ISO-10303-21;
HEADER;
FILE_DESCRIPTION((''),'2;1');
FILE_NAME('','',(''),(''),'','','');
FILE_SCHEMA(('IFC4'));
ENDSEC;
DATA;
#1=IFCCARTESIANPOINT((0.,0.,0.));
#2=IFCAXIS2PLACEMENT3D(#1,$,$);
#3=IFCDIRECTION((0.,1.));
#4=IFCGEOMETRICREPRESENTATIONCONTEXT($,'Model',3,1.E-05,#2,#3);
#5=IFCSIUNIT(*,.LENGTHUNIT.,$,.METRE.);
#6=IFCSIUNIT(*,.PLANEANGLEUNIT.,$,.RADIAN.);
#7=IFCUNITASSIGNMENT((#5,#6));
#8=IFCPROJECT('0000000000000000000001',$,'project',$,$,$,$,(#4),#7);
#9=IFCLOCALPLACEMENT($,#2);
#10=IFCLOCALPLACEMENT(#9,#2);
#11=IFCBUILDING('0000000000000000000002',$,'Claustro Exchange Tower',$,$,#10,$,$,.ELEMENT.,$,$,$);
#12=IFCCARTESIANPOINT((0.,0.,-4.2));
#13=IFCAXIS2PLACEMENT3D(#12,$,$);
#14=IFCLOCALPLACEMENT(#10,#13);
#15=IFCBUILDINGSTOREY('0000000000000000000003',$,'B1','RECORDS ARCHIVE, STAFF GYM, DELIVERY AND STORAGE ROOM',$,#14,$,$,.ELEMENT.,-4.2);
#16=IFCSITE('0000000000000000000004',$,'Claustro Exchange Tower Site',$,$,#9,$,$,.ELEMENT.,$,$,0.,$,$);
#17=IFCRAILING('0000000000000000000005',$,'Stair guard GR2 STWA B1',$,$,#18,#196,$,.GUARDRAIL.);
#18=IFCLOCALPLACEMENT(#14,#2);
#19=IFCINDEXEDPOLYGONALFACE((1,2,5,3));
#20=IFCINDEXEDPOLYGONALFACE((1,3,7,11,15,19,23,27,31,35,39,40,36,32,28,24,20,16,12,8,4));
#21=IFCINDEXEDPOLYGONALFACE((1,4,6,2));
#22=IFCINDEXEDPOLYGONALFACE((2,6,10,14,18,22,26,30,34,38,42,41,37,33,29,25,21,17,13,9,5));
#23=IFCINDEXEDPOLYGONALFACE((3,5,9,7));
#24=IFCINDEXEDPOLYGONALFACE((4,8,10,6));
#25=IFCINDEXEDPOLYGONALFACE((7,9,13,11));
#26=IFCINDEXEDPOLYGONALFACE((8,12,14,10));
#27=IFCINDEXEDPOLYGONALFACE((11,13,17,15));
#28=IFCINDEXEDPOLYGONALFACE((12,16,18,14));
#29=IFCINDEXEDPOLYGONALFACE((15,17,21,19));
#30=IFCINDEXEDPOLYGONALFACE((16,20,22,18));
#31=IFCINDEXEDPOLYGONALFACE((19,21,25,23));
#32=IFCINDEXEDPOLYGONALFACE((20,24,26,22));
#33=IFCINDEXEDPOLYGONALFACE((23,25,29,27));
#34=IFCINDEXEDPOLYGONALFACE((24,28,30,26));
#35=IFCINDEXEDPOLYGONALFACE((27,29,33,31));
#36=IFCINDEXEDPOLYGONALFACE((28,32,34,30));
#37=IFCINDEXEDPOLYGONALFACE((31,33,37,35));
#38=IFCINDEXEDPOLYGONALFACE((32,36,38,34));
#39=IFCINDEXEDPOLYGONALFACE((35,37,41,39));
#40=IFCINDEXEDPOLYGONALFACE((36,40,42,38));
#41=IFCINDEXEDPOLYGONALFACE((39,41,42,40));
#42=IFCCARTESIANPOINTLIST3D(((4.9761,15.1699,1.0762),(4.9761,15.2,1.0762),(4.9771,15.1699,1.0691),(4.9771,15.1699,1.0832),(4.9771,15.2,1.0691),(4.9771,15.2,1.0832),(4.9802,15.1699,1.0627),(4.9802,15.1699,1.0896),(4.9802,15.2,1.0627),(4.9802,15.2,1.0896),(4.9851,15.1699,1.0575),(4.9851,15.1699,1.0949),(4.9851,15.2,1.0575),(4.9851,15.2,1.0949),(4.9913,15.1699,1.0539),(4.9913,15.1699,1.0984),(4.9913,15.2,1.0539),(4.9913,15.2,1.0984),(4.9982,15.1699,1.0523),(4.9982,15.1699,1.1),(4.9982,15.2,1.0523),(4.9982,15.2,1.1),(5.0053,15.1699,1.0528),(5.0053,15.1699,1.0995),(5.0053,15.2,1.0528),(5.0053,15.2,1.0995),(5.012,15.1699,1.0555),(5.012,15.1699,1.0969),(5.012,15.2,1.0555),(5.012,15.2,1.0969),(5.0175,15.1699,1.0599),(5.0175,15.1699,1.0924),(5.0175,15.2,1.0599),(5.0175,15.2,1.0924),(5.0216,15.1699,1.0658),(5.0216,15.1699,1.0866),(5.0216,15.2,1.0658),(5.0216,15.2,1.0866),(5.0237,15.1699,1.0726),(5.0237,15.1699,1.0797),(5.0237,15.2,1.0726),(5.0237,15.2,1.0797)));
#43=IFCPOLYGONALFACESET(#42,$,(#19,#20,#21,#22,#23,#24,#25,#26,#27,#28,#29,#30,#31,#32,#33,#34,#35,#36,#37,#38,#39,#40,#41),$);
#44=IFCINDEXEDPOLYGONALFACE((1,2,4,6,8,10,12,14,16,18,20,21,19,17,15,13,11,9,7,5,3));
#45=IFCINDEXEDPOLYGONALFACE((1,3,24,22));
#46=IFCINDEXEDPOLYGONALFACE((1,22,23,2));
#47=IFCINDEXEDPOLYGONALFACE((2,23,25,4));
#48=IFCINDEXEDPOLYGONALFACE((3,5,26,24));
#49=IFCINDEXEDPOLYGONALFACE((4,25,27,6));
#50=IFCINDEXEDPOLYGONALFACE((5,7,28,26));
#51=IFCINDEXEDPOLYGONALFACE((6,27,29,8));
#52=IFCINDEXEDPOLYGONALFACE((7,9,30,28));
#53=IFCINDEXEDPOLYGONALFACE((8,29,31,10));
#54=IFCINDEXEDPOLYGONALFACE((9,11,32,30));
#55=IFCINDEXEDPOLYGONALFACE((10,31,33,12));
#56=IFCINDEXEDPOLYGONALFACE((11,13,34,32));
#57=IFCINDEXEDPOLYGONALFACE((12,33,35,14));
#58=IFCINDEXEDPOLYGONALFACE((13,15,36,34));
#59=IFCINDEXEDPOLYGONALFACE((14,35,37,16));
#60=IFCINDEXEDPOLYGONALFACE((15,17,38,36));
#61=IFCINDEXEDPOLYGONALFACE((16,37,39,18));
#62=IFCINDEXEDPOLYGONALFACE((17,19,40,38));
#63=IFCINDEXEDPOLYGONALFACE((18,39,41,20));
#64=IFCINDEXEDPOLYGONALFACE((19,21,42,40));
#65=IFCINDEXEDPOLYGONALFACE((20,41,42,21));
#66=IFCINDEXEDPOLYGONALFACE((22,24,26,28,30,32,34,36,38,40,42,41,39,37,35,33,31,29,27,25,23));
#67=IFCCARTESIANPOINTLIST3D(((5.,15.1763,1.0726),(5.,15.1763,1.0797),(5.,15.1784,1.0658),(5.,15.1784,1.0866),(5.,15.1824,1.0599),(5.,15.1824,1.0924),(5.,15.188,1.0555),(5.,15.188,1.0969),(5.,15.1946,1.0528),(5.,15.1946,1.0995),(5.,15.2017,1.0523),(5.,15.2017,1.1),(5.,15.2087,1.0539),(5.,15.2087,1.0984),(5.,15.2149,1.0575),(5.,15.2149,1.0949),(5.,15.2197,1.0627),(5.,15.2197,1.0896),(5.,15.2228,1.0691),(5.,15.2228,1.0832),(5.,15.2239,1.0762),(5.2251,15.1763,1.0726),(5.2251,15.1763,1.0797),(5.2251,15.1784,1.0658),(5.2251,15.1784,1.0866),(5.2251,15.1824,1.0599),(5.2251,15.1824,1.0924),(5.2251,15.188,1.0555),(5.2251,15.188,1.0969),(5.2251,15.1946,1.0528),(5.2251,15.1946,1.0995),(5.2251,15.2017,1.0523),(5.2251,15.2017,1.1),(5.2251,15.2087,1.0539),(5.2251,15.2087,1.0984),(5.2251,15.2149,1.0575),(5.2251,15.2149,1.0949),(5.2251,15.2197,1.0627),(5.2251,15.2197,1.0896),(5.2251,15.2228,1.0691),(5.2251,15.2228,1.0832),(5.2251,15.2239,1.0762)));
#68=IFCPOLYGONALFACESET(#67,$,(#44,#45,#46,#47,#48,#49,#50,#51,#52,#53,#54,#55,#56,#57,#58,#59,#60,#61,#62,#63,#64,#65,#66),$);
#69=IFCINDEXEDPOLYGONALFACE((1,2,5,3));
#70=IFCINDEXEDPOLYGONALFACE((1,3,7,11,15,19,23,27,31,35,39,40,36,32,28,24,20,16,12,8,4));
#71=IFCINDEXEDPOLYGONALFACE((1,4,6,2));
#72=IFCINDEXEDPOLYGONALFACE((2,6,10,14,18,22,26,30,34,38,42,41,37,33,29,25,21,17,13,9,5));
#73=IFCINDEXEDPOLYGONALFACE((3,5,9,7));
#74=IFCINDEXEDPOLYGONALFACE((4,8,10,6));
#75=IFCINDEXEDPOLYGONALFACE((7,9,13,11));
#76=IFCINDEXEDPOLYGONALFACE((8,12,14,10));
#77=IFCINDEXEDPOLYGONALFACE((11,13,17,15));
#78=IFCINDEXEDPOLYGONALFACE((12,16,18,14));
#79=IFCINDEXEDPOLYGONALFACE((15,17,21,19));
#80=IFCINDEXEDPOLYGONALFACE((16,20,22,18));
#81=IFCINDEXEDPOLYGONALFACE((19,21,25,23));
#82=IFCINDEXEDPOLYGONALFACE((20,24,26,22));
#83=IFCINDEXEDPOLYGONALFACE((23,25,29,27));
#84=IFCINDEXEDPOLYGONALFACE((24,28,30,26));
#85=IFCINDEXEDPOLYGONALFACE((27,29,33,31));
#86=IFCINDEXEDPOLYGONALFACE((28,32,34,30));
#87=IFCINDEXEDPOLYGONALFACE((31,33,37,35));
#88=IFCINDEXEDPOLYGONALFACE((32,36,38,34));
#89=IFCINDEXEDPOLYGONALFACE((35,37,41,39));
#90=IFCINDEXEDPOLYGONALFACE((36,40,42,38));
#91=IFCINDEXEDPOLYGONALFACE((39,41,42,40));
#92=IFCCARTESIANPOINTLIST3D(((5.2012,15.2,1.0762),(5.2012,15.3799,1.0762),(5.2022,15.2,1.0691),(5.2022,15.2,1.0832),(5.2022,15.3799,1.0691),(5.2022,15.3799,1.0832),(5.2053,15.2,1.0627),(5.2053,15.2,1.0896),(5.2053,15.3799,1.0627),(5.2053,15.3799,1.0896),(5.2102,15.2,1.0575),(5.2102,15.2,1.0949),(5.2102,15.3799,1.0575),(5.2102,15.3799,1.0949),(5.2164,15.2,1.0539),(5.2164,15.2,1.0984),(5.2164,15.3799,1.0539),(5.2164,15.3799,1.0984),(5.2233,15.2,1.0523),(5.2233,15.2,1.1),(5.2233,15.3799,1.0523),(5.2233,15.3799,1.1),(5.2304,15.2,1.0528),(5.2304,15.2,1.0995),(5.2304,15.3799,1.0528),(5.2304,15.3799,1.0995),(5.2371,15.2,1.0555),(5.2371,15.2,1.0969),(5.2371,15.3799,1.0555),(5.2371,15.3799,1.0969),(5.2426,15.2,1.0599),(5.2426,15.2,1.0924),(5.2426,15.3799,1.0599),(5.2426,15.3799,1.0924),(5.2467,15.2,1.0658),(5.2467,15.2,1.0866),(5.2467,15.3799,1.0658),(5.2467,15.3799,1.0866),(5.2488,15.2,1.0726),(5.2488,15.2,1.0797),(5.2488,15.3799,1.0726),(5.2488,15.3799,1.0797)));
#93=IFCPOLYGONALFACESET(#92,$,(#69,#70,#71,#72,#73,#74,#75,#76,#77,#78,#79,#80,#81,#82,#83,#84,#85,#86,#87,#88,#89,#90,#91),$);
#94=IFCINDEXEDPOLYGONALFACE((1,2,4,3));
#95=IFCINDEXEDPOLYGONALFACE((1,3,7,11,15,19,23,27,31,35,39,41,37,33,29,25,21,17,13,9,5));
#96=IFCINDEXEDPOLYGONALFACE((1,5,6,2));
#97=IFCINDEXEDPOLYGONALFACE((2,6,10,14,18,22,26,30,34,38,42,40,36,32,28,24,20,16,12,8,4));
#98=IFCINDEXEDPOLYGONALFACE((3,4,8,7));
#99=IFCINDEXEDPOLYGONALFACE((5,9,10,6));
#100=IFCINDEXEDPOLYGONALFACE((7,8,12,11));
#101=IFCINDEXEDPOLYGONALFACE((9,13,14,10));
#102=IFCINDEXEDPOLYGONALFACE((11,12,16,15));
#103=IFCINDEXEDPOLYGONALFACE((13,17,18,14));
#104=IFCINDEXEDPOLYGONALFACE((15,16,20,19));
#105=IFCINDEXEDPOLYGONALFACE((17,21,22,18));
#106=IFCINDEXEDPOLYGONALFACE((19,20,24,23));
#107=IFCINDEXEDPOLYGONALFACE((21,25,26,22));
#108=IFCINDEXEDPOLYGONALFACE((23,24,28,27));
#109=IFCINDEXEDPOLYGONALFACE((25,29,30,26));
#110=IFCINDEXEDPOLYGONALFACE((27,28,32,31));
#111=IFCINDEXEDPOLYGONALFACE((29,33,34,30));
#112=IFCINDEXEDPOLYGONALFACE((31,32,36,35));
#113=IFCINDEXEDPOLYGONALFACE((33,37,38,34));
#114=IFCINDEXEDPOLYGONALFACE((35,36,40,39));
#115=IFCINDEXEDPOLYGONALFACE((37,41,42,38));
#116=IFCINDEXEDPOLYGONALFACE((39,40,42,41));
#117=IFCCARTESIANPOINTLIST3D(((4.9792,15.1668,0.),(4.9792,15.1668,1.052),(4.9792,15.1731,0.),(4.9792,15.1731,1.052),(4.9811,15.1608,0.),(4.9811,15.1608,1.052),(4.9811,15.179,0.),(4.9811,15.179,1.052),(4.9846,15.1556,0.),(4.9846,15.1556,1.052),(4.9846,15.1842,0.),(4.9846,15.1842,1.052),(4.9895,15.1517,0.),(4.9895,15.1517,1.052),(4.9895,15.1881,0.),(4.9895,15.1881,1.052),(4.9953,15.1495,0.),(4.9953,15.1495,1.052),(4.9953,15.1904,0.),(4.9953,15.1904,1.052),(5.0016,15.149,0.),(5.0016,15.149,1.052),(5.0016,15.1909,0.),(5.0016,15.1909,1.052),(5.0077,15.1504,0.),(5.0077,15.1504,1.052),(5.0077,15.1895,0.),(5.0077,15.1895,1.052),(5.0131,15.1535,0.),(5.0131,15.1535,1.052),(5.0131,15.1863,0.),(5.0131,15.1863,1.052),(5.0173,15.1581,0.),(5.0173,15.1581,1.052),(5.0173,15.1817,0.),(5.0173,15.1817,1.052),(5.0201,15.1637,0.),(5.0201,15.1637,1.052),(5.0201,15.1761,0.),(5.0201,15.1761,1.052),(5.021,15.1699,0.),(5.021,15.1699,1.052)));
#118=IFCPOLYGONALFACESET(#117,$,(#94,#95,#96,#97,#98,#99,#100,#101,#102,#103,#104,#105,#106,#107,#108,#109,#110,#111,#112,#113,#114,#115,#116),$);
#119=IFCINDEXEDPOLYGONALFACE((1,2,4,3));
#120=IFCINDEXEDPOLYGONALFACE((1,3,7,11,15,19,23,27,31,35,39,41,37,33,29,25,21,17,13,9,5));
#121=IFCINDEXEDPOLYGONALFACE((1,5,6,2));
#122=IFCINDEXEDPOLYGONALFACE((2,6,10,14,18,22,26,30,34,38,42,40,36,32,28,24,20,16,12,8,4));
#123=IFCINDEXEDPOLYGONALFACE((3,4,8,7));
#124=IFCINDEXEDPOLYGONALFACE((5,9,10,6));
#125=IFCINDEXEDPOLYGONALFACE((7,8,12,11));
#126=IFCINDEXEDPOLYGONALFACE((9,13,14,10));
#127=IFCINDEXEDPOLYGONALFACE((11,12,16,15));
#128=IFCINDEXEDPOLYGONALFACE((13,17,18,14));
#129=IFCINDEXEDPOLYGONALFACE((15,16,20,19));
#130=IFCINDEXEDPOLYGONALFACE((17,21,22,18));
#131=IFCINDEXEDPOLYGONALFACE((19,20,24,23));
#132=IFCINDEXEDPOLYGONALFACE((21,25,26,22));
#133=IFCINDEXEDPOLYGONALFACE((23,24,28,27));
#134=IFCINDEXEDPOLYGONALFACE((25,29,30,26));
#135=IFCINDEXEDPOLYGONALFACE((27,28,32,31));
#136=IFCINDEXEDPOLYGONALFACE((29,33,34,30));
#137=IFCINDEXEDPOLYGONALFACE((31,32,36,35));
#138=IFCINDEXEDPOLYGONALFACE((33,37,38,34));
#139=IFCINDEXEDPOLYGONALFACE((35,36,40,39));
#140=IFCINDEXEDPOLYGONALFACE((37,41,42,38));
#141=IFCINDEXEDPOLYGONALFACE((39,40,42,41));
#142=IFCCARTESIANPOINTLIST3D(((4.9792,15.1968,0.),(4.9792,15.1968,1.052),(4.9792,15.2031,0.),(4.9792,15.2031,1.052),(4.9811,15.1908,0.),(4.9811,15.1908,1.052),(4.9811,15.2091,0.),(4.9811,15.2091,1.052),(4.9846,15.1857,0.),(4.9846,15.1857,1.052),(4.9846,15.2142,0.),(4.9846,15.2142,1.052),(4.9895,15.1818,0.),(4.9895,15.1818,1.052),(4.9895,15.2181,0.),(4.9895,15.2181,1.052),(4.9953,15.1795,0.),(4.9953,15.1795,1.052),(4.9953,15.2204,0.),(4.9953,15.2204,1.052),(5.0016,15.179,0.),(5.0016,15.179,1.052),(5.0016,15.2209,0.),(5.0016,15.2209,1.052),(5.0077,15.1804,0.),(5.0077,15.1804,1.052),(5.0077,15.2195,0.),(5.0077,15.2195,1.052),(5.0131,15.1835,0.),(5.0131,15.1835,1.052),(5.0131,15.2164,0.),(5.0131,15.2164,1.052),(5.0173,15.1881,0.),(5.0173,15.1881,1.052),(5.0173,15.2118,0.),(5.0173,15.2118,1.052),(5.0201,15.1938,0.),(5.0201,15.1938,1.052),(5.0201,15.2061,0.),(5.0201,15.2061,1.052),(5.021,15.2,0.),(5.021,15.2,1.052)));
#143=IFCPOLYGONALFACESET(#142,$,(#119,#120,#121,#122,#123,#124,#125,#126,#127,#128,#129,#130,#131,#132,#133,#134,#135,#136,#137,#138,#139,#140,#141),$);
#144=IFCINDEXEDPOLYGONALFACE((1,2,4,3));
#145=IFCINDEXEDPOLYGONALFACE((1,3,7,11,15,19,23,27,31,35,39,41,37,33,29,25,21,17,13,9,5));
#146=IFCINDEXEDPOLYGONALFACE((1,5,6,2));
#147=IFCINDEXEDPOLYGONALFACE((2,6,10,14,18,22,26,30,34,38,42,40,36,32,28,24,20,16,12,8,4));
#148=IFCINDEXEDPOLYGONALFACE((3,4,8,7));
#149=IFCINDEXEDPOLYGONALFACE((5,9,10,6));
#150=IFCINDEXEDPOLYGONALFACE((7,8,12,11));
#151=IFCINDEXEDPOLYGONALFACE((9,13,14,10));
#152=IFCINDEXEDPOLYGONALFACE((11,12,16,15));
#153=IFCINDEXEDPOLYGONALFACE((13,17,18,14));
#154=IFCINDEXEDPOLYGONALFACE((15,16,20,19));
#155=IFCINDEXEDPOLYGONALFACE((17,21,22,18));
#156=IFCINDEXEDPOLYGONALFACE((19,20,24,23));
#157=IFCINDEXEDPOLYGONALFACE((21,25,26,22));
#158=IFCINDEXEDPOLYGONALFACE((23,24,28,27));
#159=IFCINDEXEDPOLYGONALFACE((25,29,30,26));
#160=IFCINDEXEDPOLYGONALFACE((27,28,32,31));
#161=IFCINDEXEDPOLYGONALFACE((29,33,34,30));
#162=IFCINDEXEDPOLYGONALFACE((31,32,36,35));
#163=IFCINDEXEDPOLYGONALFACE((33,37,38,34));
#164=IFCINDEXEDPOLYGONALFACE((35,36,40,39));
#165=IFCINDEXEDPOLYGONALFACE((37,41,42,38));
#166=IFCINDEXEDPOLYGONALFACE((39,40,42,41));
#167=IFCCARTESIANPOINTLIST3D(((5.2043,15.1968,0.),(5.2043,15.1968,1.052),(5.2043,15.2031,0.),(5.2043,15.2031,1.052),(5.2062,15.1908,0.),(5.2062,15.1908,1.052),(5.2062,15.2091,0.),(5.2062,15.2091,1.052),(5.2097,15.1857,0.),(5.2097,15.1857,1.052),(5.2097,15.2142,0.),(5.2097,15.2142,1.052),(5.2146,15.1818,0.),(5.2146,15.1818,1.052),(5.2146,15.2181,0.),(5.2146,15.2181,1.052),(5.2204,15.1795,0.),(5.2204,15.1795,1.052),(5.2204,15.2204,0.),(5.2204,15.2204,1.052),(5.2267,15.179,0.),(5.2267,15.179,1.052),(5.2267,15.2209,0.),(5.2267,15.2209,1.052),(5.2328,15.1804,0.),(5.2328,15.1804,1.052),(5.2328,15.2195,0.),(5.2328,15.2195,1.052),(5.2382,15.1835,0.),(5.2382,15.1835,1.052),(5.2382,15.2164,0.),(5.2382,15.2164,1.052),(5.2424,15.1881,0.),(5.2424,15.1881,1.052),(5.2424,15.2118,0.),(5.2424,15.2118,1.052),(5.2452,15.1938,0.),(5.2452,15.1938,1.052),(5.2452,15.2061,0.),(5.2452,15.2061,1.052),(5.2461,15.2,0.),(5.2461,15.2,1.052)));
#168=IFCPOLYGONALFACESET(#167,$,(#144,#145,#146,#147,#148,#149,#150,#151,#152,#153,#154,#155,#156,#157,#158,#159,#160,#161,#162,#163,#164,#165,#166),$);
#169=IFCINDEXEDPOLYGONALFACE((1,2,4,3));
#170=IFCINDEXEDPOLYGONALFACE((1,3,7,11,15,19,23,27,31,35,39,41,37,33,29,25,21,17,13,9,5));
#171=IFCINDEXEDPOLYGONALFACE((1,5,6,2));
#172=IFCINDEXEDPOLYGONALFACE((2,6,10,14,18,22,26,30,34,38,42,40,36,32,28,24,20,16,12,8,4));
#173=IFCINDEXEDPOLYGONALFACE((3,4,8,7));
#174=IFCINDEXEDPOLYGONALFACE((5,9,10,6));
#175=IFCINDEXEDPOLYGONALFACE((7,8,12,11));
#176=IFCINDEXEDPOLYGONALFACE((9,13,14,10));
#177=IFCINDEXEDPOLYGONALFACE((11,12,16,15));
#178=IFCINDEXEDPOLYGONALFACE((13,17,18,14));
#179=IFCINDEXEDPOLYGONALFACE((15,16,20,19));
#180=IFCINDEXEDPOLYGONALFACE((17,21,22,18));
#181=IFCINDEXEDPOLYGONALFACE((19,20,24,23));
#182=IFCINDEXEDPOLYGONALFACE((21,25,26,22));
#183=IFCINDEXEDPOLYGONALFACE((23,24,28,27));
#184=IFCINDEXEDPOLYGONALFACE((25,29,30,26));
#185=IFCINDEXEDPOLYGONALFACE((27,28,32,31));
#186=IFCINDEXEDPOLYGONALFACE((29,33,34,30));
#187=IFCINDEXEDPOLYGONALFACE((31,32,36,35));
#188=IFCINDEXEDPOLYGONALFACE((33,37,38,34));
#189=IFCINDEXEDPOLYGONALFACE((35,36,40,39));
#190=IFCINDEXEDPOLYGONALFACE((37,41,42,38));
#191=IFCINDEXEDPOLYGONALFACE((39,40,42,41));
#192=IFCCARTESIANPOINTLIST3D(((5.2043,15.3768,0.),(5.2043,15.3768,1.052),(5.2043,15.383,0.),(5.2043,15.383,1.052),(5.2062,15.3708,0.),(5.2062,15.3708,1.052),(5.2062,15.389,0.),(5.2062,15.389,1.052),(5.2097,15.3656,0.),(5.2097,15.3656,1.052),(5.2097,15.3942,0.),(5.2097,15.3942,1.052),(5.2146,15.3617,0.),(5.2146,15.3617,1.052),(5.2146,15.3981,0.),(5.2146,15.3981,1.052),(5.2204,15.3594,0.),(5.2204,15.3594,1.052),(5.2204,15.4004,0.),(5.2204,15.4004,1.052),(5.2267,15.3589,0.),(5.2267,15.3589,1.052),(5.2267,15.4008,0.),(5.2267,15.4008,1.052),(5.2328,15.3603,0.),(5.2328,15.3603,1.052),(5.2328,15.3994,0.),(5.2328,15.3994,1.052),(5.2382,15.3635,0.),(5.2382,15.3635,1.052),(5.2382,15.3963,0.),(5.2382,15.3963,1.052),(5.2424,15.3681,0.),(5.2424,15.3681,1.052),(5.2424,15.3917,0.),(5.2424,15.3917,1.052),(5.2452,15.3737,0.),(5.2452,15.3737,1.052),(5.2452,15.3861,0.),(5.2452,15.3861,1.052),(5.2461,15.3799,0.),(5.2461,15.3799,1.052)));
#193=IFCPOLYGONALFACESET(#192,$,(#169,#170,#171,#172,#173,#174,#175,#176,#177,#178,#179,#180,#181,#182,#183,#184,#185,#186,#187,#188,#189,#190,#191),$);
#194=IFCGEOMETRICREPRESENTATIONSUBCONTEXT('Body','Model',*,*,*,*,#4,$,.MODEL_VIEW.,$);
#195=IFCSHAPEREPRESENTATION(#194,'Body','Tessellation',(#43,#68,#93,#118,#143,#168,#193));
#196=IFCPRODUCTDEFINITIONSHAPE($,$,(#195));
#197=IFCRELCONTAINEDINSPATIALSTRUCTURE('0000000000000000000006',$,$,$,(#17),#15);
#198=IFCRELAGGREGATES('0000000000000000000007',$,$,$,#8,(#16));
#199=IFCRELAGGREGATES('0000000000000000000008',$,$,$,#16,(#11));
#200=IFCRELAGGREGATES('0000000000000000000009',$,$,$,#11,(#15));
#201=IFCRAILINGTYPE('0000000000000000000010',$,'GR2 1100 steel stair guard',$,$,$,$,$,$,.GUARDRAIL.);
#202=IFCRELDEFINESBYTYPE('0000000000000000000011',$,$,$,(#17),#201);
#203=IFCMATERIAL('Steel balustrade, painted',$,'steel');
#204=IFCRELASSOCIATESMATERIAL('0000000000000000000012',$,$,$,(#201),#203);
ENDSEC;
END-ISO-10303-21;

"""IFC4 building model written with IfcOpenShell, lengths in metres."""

from ifc_helpers import new_model, si_unit, direction, frame, origin, origin_2d, place, context, subcontext, project, spatial, circle, extrude, material, type_object, element, save


model = new_model("IFC4")

# Units and contexts
model_context = context("Model", 3, precision=1e-05, world=origin(), true_north=direction((0.0, 1.0)))
body_context = subcontext(model_context, "Body", "Model", "MODEL_VIEW")
ifc_project = project(units=[si_unit("LENGTHUNIT", "METRE"), si_unit("PLANEANGLEUNIT", "RADIAN")], contexts=[model_context])

# Site, building, storey
site_placement = place(None, origin())
site = spatial("IfcSite", under=ifc_project, at=site_placement, Name="Claustro Exchange Tower Site", CompositionType="ELEMENT", RefElevation=0.0)
building_placement = place(site_placement, origin())
building = spatial("IfcBuilding", under=site, at=building_placement, Name="Claustro Exchange Tower", CompositionType="ELEMENT")
storey_placement = place(building_placement, frame((0.0, 0.0, -4.2)))
storey = spatial("IfcBuildingStorey", under=building, at=storey_placement, Name="B1", Description="RECORDS ARCHIVE, STAFF GYM, DELIVERY AND STORAGE ROOM", CompositionType="ELEMENT", Elevation=-4.2)

# Railing
ifc_material_1 = material(Name="Steel balustrade, painted", Category="steel")
railing_type_1 = type_object("IfcRailingType", Name="GR2 1100 steel stair guard", PredefinedType="GUARDRAIL", material=ifc_material_1)
railing_1_placement = place(storey_placement, frame((5.0, 15.1699, 0.0)))
element("IfcRailing", 1, at=railing_1_placement, inside=storey, type_object=railing_type_1, Name="Stair guard GR2 STWA B1", PredefinedType="GUARDRAIL", context=body_context, shape_type="SweptSolid", body=[
    extrude(circle(Radius=0.0239, at=origin_2d()), frame((0.0, 0.0, 1.0762), z_axis=(0.0, 1.0, 0.0), x_axis=(-1.0, 0.0, 0.0)), (0.0, 0.0, 1.0), 0.03),
    extrude(circle(Radius=0.0239, at=origin_2d()), frame((0.0, 0.03, 1.0762), z_axis=(1.0, 0.0, 0.0), x_axis=(0.0, 1.0, 0.0)), (0.0, 0.0, 1.0), 0.2251),
    extrude(circle(Radius=0.0239, at=origin_2d()), frame((0.2251, 0.03, 1.0762), z_axis=(0.0, 1.0, 0.0), x_axis=(-1.0, 0.0, 0.0)), (0.0, 0.0, 1.0), 0.1799),
    extrude(circle(Radius=0.021, at=origin_2d()), origin(), (0.0, 0.0, 1.0), 1.052),
    extrude(circle(Radius=0.021, at=origin_2d()), frame((0.0, 0.03, 0.0)), (0.0, 0.0, 1.0), 1.052),
    extrude(circle(Radius=0.021, at=origin_2d()), frame((0.2251, 0.03, 0.0)), (0.0, 0.0, 1.0), 1.052),
    extrude(circle(Radius=0.021, at=origin_2d()), frame((0.2251, 0.21, 0.0)), (0.0, 0.0, 1.0), 1.052),
])

save(model, "model.ifc")
